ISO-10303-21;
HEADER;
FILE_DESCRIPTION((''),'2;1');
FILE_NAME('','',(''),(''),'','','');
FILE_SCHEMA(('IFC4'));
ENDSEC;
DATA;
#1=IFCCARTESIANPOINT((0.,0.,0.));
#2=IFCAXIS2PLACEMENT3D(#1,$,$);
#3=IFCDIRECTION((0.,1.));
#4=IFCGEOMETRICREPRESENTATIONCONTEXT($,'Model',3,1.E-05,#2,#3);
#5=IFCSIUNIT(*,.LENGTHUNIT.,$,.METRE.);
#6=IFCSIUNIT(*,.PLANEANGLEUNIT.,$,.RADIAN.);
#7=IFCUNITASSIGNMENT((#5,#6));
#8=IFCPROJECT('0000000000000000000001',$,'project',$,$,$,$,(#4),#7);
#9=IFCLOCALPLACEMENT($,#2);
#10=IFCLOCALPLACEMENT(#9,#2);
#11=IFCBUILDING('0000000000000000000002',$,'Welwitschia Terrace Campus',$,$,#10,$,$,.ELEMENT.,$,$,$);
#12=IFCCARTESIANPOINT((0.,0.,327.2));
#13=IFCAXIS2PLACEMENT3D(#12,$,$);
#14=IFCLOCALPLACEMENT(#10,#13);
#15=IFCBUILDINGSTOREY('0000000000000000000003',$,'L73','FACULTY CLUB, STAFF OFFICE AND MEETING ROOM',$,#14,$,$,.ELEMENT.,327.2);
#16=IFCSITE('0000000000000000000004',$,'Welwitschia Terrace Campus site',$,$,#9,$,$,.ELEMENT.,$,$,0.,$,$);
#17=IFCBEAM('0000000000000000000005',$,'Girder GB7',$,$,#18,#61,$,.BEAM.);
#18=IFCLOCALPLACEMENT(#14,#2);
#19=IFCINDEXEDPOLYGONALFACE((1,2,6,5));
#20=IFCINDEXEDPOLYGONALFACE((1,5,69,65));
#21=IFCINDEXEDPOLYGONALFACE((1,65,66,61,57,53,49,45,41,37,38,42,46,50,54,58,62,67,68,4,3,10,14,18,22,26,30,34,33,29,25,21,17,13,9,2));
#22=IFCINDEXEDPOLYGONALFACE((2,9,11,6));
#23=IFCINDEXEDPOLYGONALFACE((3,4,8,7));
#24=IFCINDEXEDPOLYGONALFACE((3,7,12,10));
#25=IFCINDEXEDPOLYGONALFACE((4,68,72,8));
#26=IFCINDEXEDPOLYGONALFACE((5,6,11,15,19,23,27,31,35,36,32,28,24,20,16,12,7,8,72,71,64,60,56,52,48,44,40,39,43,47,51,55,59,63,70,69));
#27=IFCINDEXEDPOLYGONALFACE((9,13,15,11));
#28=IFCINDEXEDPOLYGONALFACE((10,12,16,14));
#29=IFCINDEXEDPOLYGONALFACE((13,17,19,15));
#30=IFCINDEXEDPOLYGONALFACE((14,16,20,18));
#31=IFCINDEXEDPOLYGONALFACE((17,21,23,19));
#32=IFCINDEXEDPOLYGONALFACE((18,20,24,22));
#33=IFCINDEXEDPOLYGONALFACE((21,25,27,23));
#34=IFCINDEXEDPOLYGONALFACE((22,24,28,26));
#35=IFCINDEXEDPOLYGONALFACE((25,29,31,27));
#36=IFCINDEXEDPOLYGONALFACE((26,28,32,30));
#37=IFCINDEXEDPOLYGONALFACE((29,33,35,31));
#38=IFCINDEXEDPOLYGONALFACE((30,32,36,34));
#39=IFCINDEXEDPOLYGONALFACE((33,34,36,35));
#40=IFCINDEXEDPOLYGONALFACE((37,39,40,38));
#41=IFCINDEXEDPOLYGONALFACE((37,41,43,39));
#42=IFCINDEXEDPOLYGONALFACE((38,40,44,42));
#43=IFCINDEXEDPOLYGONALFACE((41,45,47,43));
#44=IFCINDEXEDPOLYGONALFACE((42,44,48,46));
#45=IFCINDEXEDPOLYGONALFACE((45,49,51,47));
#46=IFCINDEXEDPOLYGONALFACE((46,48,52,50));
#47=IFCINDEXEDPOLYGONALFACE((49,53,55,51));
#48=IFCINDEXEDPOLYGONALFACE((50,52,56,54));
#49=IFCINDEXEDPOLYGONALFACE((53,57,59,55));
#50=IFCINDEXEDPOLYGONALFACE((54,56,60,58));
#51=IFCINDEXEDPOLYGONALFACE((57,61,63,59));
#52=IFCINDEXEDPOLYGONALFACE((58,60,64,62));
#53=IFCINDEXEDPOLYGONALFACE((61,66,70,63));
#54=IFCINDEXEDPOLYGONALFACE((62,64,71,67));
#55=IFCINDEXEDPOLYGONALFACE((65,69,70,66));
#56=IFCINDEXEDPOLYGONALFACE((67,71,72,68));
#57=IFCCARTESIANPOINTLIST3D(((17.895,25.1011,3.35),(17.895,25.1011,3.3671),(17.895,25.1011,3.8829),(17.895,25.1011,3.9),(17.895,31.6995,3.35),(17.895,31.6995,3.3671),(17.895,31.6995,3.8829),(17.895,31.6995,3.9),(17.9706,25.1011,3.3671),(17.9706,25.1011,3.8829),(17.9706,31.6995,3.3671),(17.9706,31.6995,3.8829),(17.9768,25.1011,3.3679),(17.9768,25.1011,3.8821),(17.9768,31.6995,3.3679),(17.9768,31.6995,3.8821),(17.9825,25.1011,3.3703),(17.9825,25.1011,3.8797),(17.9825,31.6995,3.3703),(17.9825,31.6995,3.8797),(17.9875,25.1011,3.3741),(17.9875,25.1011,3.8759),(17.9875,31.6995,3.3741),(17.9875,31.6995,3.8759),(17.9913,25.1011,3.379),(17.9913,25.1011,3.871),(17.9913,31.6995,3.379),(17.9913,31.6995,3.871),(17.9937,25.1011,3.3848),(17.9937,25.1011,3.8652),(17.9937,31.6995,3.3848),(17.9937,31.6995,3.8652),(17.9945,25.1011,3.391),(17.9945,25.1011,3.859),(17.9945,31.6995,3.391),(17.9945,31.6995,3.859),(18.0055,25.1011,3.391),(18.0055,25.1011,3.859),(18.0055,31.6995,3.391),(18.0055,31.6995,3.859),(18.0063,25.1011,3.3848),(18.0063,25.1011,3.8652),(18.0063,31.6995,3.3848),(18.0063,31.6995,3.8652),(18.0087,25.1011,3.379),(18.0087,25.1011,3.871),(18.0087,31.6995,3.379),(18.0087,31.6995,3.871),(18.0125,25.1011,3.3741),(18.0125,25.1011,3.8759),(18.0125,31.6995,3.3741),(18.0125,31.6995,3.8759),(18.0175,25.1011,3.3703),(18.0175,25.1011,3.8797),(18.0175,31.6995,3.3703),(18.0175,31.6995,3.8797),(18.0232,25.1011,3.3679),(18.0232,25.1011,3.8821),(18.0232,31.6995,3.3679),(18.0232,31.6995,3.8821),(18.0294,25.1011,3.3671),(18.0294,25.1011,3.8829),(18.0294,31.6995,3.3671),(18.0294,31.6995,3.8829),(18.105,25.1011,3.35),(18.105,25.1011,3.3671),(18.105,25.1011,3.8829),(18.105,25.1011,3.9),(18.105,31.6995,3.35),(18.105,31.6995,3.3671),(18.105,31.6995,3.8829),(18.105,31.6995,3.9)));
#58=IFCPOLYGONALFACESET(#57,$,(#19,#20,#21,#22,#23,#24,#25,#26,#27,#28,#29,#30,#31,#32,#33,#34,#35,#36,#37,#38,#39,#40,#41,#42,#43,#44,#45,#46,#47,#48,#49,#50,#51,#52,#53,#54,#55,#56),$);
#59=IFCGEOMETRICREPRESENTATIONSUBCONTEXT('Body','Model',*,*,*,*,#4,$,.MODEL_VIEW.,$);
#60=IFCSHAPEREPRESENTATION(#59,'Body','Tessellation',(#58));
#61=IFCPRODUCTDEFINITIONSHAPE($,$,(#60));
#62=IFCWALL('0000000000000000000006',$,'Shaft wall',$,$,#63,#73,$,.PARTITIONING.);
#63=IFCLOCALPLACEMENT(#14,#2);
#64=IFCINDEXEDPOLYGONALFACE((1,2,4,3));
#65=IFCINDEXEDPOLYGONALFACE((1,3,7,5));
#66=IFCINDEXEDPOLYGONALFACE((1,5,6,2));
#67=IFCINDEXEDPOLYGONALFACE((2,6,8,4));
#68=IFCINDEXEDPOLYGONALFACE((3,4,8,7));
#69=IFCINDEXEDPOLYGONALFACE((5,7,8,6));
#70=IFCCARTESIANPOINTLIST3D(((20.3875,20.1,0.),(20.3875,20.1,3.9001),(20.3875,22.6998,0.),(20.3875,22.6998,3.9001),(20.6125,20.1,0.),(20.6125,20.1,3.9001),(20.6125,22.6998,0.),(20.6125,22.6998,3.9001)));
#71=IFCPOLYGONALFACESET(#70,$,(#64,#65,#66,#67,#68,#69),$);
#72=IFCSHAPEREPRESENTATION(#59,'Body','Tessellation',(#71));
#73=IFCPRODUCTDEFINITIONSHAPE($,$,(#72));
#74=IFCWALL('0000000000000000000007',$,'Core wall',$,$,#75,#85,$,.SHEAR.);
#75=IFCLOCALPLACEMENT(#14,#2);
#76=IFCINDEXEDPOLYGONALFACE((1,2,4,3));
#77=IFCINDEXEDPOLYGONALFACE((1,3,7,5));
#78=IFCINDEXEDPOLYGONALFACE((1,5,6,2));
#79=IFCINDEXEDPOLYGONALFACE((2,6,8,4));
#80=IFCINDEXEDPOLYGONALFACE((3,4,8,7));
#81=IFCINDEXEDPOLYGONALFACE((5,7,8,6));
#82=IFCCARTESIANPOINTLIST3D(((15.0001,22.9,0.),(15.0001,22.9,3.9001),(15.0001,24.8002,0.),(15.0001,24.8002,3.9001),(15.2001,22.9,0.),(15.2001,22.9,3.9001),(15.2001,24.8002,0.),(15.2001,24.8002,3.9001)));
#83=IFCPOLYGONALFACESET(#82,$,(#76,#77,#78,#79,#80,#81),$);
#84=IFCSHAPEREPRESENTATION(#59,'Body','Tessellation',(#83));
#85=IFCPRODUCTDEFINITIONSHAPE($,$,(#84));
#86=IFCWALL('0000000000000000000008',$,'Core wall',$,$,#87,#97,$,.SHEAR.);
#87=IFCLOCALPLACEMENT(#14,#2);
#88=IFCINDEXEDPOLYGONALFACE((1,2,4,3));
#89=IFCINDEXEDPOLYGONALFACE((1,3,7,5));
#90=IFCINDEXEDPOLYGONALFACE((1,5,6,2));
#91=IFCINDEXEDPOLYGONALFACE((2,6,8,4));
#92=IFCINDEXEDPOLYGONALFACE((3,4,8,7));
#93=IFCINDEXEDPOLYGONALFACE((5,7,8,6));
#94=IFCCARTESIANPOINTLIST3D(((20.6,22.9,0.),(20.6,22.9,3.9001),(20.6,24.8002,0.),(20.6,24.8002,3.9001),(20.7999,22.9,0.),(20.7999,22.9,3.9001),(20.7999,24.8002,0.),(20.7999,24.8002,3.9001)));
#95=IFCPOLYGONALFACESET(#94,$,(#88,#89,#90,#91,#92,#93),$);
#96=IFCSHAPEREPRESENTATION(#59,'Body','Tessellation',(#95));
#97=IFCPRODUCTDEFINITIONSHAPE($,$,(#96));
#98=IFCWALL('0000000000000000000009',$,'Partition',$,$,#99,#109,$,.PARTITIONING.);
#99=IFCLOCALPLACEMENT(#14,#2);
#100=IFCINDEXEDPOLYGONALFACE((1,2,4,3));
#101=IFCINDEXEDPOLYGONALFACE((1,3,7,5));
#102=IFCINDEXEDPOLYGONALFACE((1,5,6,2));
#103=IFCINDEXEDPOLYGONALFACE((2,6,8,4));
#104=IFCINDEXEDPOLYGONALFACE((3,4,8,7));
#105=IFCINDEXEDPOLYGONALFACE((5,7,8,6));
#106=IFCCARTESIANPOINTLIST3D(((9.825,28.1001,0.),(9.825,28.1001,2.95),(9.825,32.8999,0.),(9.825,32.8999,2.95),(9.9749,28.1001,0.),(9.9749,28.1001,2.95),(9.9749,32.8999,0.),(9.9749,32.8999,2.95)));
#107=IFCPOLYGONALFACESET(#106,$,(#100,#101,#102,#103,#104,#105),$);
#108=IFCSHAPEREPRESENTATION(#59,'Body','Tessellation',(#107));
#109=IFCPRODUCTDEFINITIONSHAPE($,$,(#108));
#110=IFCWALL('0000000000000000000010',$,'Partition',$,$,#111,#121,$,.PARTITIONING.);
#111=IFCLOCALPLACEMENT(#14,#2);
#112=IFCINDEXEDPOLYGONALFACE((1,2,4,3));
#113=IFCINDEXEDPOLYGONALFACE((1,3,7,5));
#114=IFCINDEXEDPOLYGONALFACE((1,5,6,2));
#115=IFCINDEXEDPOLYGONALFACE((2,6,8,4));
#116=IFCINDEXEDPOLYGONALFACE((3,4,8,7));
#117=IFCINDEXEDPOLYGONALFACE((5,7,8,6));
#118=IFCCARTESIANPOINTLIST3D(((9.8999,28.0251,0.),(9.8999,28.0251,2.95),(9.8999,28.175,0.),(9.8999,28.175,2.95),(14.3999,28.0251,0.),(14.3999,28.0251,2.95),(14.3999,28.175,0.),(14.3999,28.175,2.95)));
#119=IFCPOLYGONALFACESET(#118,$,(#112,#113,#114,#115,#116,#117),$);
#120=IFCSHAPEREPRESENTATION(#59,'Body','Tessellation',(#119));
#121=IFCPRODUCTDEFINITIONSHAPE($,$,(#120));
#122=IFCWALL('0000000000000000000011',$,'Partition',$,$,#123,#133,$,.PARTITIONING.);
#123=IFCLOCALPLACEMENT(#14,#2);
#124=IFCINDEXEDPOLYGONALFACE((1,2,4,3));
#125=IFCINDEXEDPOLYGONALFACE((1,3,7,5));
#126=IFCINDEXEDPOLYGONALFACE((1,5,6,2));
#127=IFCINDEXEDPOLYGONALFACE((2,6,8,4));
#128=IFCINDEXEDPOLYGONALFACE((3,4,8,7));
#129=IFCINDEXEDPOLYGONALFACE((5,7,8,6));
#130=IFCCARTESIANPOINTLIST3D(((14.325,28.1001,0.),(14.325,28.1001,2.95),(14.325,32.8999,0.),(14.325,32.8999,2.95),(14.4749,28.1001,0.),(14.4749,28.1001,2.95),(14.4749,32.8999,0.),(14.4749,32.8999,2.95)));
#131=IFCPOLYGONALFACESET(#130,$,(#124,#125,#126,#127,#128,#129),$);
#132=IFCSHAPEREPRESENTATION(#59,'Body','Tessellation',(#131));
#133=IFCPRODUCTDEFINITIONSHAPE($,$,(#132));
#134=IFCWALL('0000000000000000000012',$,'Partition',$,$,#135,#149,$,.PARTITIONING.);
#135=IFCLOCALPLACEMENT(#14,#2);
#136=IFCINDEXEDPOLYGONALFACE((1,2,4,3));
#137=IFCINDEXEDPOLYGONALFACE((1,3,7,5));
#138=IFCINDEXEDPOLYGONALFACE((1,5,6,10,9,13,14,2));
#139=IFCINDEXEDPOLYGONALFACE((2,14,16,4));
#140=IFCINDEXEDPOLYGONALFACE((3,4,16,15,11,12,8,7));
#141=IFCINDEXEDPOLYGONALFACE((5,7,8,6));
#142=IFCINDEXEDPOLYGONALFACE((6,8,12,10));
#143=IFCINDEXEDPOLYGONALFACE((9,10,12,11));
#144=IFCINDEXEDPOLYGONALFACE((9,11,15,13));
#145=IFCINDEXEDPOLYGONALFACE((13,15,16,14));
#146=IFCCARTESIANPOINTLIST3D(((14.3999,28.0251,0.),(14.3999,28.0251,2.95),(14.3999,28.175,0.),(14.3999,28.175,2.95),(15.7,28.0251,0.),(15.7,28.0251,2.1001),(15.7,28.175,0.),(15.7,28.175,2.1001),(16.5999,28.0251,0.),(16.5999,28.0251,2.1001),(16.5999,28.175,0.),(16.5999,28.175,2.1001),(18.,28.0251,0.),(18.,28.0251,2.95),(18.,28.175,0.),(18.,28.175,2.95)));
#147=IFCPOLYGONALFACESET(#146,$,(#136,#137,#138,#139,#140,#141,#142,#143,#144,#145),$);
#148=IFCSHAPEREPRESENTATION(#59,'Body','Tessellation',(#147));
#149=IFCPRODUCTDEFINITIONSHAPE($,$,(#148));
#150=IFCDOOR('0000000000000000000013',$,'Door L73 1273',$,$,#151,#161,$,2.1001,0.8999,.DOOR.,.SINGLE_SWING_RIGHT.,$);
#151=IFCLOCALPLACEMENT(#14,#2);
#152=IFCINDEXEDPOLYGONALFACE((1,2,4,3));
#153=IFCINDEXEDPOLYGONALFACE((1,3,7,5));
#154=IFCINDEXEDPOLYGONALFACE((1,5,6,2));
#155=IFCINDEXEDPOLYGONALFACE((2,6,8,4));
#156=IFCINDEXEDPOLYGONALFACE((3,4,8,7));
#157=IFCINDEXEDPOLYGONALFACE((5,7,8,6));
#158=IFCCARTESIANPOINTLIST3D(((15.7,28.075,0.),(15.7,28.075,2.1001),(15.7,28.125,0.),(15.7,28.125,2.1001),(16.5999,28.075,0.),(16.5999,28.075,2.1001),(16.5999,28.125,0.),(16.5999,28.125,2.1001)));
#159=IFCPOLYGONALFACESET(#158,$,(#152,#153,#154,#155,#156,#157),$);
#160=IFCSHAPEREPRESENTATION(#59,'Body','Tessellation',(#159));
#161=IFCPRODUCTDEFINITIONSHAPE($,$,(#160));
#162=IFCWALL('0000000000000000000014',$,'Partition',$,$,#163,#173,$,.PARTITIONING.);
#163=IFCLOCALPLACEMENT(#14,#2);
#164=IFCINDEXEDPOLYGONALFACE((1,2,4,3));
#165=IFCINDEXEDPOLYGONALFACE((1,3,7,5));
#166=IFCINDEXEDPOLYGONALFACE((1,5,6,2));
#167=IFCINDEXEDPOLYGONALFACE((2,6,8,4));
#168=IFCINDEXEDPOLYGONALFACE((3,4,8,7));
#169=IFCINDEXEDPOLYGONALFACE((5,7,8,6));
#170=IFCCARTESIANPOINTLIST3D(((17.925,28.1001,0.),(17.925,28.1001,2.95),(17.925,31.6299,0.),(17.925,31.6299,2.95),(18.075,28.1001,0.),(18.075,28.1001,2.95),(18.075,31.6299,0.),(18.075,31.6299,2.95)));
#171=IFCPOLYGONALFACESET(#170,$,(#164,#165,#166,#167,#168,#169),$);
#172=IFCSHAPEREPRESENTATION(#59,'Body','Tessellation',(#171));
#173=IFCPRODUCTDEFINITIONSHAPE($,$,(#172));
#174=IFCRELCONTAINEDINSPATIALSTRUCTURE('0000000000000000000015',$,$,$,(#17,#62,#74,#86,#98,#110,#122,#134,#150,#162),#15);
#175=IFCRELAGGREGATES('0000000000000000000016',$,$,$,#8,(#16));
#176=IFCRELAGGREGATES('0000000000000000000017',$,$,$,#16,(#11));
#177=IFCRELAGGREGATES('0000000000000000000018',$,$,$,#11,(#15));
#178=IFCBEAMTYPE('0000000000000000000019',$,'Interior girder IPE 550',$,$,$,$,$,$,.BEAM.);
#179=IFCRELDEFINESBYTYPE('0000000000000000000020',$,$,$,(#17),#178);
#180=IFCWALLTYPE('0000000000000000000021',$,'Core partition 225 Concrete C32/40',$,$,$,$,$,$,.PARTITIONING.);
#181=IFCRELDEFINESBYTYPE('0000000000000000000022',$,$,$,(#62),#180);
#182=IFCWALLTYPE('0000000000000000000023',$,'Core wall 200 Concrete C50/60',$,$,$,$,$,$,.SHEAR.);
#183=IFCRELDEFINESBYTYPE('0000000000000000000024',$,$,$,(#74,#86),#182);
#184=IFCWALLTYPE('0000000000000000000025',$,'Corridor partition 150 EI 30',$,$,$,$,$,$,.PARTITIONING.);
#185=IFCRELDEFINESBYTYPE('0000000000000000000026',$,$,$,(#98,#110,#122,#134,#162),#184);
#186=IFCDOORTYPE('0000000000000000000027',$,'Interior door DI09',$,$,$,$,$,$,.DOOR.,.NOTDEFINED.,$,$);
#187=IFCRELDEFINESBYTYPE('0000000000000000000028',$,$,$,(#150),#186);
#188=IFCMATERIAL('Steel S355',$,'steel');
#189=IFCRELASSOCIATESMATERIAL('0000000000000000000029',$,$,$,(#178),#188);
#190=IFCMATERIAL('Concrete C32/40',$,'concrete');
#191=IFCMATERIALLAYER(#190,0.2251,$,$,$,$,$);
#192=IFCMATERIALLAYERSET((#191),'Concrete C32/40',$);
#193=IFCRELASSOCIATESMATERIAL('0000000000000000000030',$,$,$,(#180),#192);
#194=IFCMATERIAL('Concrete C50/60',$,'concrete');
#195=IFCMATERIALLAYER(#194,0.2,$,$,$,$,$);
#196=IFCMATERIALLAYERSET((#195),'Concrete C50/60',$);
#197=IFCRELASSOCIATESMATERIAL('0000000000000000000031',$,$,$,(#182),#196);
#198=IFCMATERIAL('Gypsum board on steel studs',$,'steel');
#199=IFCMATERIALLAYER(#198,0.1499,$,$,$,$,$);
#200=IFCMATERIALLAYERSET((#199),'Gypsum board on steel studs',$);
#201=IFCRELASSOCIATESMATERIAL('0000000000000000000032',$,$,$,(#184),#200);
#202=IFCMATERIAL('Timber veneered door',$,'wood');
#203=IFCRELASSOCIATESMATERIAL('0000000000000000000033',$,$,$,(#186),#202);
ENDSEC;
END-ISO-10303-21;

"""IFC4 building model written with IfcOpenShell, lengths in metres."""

from ifc_helpers import new_model, si_unit, direction, frame, frame_2d, origin, origin_2d, place, context, subcontext, project, spatial, rectangle, i_section, extrude, material, layer, layer_set, material_profile, profile_set, type_object, element, fill, save


model = new_model("IFC4")

# Units and contexts
model_context = context("Model", 3, precision=1e-05, world=origin(), true_north=direction((0.0, 1.0)))
body_context = subcontext(model_context, "Body", "Model", "MODEL_VIEW")
ifc_project = project(units=[si_unit("LENGTHUNIT", "METRE"), si_unit("PLANEANGLEUNIT", "RADIAN")], contexts=[model_context])

# Site, building, storey
site_placement = place(None, origin())
site = spatial("IfcSite", under=ifc_project, at=site_placement, Name="Welwitschia Terrace Campus site", CompositionType="ELEMENT", RefElevation=0.0)
building_placement = place(site_placement, origin())
building = spatial("IfcBuilding", under=site, at=building_placement, Name="Welwitschia Terrace Campus", CompositionType="ELEMENT")
storey_placement = place(building_placement, frame((0.0, 0.0, 327.2)))
storey = spatial("IfcBuildingStorey", under=building, at=storey_placement, Name="L73", Description="FACULTY CLUB, STAFF OFFICE AND MEETING ROOM", CompositionType="ELEMENT", Elevation=327.2)

# Beam
ifc_material_1 = material(Name="Steel S355", Category="steel")
ifc_material_profile = material_profile(ifc_material_1, i_section(OverallWidth=0.21, OverallDepth=0.55, WebThickness=0.011, FlangeThickness=0.0171, FilletRadius=0.0239, at=origin_2d()))
ifc_profile_set = profile_set([ifc_material_profile], Name="Steel S355")
beam_type = type_object("IfcBeamType", Name="Interior girder IPE 550", PredefinedType="BEAM", material=ifc_profile_set)
beam_placement = place(storey_placement, frame((18.0, 25.1011, 3.625), z_axis=(0.0, 1.0, 0.0), x_axis=(-1.0, 0.0, 0.0)))
element("IfcBeam", 1, at=beam_placement, inside=storey, type_object=beam_type, Name="Girder GB7", PredefinedType="BEAM", context=body_context, shape_type="SweptSolid", body=[
    extrude(i_section(OverallWidth=0.21, OverallDepth=0.55, WebThickness=0.011, FlangeThickness=0.0171, FilletRadius=0.0239, at=origin_2d()), origin(), (0.0, 0.0, 1.0), 6.5984),
])

# Walls
ifc_material_2 = material(Name="Concrete C32/40", Category="concrete")
ifc_layer_1 = layer(ifc_material_2, 0.2251)
ifc_layer_set_1 = layer_set([ifc_layer_1], Name="Concrete C32/40")
wall_type_1 = type_object("IfcWallType", Name="Core partition 225 Concrete C32/40", PredefinedType="PARTITIONING", material=ifc_layer_set_1)
wall_1_placement = place(storey_placement, frame((20.5, 20.1001, 0.0), z_axis=(0.0, 0.0, 1.0), x_axis=(0.0, 1.0, 0.0)))
element("IfcWall", 2, at=wall_1_placement, inside=storey, type_object=wall_type_1, Name="Shaft wall", PredefinedType="PARTITIONING", context=body_context, shape_type="SweptSolid", body=[
    extrude(rectangle(XDim=2.5999, YDim=0.2251, at=frame_2d((1.2998, 0.0))), origin(), (0.0, 0.0, 1.0), 3.9001),
])
ifc_material_3 = material(Name="Concrete C50/60", Category="concrete")
ifc_layer_2 = layer(ifc_material_3, 0.2)
ifc_layer_set_2 = layer_set([ifc_layer_2], Name="Concrete C50/60")
wall_type_2 = type_object("IfcWallType", Name="Core wall 200 Concrete C50/60", PredefinedType="SHEAR", material=ifc_layer_set_2)
for number, where, z_axis, x_axis, name in (
    (3, (15.1001, 22.8999, 0.0), (0.0, 0.0, 1.0), (0.0, 1.0, 0.0), "Core wall"),
    (4, (20.7, 22.8999, 0.0), (0.0, 0.0, 1.0), (0.0, 1.0, 0.0), "Core wall"),
):
    element("IfcWall", number, at=place(storey_placement, frame(where, z_axis=z_axis, x_axis=x_axis)), inside=storey, type_object=wall_type_2, Name=name, PredefinedType="SHEAR", context=body_context, shape_type="SweptSolid", body=[
        extrude(rectangle(XDim=1.9001, YDim=0.2, at=frame_2d((0.9502, 0.0))), origin(), (0.0, 0.0, 1.0), 3.9001),
    ])
ifc_material_4 = material(Name="Gypsum board on steel studs", Category="steel")
ifc_layer_3 = layer(ifc_material_4, 0.1499)
ifc_layer_set_3 = layer_set([ifc_layer_3], Name="Gypsum board on steel studs")
wall_type_3 = type_object("IfcWallType", Name="Corridor partition 150 EI 30", PredefinedType="PARTITIONING", material=ifc_layer_set_3)
wall_2_placement = place(storey_placement, frame((9.8999, 28.1001, 0.0), z_axis=(0.0, 0.0, 1.0), x_axis=(0.0, 1.0, 0.0)))
element("IfcWall", 5, at=wall_2_placement, inside=storey, type_object=wall_type_3, Name="Partition", PredefinedType="PARTITIONING", context=body_context, shape_type="SweptSolid", body=[
    extrude(rectangle(XDim=4.7998, YDim=0.1499, at=frame_2d((2.3999, 0.0))), origin(), (0.0, 0.0, 1.0), 2.95),
])
wall_3_placement = place(storey_placement, frame((9.8999, 28.1001, 0.0), z_axis=(0.0, 0.0, 1.0), x_axis=(1.0, 0.0, 0.0)))
element("IfcWall", 6, at=wall_3_placement, inside=storey, type_object=wall_type_3, Name="Partition", PredefinedType="PARTITIONING", context=body_context, shape_type="SweptSolid", body=[
    extrude(rectangle(XDim=4.5, YDim=0.1499, at=frame_2d((2.25, 0.0))), origin(), (0.0, 0.0, 1.0), 2.95),
])
wall_4_placement = place(storey_placement, frame((14.3999, 28.1001, 0.0), z_axis=(0.0, 0.0, 1.0), x_axis=(0.0, 1.0, 0.0)))
element("IfcWall", 7, at=wall_4_placement, inside=storey, type_object=wall_type_3, Name="Partition", PredefinedType="PARTITIONING", context=body_context, shape_type="SweptSolid", body=[
    extrude(rectangle(XDim=4.7998, YDim=0.1499, at=frame_2d((2.3999, 0.0))), origin(), (0.0, 0.0, 1.0), 2.95),
])

# Wall, opening, door
wall_5_placement = place(storey_placement, frame((14.3999, 28.1001, 0.0), z_axis=(0.0, 0.0, 1.0), x_axis=(1.0, 0.0, 0.0)))
wall_5 = element("IfcWall", 8, at=wall_5_placement, inside=storey, type_object=wall_type_3, Name="Partition", PredefinedType="PARTITIONING", context=body_context, shape_type="SweptSolid", body=[
    extrude(rectangle(XDim=3.6001, YDim=0.1499, at=frame_2d((1.8, 0.0))), origin(), (0.0, 0.0, 1.0), 2.95),
])
opening_1_placement = place(wall_5_placement, frame((1.3, 0.0, 0.0)))
opening_1 = element("IfcOpeningElement", 9, at=opening_1_placement, cuts=wall_5, PredefinedType="OPENING", context=body_context, shape_type="SweptSolid", body=[
    extrude(rectangle(XDim=0.8999, YDim=2.1001, at=frame_2d((0.45, 1.05))), frame((0.0, 0.085, 0.0), z_axis=(0.0, -1.0, 0.0), x_axis=(1.0, 0.0, 0.0)), (0.0, 0.0, 1.0), 0.1699),
])
ifc_material_5 = material(Name="Timber veneered door", Category="wood")
door_type = type_object("IfcDoorType", Name="Interior door DI09", OperationType="NOTDEFINED", PredefinedType="DOOR", material=ifc_material_5)
door_1_placement = place(opening_1_placement, origin())
door_1 = element("IfcDoor", 10, at=door_1_placement, inside=storey, type_object=door_type, Name="Door L73 1273", OperationType="SINGLE_SWING_RIGHT", OverallHeight=2.1001, OverallWidth=0.8999, PredefinedType="DOOR", context=body_context, shape_type="SweptSolid", body=[
    extrude(rectangle(XDim=0.8999, YDim=2.1001, at=frame_2d((0.45, 1.05))), frame((0.0, 0.0249, 0.0), z_axis=(0.0, -1.0, 0.0), x_axis=(1.0, 0.0, 0.0)), (0.0, 0.0, 1.0), 0.05),
])
fill(opening_1, door_1)

# Wall
wall_6_placement = place(storey_placement, frame((18.0, 28.1001, 0.0), z_axis=(0.0, 0.0, 1.0), x_axis=(0.0, 1.0, 0.0)))
element("IfcWall", 11, at=wall_6_placement, inside=storey, type_object=wall_type_3, Name="Partition", PredefinedType="PARTITIONING", context=body_context, shape_type="SweptSolid", body=[
    extrude(rectangle(XDim=3.5298, YDim=0.1499, at=frame_2d((1.7649, 0.0))), origin(), (0.0, 0.0, 1.0), 2.95),
])

save(model, "model.ifc")
